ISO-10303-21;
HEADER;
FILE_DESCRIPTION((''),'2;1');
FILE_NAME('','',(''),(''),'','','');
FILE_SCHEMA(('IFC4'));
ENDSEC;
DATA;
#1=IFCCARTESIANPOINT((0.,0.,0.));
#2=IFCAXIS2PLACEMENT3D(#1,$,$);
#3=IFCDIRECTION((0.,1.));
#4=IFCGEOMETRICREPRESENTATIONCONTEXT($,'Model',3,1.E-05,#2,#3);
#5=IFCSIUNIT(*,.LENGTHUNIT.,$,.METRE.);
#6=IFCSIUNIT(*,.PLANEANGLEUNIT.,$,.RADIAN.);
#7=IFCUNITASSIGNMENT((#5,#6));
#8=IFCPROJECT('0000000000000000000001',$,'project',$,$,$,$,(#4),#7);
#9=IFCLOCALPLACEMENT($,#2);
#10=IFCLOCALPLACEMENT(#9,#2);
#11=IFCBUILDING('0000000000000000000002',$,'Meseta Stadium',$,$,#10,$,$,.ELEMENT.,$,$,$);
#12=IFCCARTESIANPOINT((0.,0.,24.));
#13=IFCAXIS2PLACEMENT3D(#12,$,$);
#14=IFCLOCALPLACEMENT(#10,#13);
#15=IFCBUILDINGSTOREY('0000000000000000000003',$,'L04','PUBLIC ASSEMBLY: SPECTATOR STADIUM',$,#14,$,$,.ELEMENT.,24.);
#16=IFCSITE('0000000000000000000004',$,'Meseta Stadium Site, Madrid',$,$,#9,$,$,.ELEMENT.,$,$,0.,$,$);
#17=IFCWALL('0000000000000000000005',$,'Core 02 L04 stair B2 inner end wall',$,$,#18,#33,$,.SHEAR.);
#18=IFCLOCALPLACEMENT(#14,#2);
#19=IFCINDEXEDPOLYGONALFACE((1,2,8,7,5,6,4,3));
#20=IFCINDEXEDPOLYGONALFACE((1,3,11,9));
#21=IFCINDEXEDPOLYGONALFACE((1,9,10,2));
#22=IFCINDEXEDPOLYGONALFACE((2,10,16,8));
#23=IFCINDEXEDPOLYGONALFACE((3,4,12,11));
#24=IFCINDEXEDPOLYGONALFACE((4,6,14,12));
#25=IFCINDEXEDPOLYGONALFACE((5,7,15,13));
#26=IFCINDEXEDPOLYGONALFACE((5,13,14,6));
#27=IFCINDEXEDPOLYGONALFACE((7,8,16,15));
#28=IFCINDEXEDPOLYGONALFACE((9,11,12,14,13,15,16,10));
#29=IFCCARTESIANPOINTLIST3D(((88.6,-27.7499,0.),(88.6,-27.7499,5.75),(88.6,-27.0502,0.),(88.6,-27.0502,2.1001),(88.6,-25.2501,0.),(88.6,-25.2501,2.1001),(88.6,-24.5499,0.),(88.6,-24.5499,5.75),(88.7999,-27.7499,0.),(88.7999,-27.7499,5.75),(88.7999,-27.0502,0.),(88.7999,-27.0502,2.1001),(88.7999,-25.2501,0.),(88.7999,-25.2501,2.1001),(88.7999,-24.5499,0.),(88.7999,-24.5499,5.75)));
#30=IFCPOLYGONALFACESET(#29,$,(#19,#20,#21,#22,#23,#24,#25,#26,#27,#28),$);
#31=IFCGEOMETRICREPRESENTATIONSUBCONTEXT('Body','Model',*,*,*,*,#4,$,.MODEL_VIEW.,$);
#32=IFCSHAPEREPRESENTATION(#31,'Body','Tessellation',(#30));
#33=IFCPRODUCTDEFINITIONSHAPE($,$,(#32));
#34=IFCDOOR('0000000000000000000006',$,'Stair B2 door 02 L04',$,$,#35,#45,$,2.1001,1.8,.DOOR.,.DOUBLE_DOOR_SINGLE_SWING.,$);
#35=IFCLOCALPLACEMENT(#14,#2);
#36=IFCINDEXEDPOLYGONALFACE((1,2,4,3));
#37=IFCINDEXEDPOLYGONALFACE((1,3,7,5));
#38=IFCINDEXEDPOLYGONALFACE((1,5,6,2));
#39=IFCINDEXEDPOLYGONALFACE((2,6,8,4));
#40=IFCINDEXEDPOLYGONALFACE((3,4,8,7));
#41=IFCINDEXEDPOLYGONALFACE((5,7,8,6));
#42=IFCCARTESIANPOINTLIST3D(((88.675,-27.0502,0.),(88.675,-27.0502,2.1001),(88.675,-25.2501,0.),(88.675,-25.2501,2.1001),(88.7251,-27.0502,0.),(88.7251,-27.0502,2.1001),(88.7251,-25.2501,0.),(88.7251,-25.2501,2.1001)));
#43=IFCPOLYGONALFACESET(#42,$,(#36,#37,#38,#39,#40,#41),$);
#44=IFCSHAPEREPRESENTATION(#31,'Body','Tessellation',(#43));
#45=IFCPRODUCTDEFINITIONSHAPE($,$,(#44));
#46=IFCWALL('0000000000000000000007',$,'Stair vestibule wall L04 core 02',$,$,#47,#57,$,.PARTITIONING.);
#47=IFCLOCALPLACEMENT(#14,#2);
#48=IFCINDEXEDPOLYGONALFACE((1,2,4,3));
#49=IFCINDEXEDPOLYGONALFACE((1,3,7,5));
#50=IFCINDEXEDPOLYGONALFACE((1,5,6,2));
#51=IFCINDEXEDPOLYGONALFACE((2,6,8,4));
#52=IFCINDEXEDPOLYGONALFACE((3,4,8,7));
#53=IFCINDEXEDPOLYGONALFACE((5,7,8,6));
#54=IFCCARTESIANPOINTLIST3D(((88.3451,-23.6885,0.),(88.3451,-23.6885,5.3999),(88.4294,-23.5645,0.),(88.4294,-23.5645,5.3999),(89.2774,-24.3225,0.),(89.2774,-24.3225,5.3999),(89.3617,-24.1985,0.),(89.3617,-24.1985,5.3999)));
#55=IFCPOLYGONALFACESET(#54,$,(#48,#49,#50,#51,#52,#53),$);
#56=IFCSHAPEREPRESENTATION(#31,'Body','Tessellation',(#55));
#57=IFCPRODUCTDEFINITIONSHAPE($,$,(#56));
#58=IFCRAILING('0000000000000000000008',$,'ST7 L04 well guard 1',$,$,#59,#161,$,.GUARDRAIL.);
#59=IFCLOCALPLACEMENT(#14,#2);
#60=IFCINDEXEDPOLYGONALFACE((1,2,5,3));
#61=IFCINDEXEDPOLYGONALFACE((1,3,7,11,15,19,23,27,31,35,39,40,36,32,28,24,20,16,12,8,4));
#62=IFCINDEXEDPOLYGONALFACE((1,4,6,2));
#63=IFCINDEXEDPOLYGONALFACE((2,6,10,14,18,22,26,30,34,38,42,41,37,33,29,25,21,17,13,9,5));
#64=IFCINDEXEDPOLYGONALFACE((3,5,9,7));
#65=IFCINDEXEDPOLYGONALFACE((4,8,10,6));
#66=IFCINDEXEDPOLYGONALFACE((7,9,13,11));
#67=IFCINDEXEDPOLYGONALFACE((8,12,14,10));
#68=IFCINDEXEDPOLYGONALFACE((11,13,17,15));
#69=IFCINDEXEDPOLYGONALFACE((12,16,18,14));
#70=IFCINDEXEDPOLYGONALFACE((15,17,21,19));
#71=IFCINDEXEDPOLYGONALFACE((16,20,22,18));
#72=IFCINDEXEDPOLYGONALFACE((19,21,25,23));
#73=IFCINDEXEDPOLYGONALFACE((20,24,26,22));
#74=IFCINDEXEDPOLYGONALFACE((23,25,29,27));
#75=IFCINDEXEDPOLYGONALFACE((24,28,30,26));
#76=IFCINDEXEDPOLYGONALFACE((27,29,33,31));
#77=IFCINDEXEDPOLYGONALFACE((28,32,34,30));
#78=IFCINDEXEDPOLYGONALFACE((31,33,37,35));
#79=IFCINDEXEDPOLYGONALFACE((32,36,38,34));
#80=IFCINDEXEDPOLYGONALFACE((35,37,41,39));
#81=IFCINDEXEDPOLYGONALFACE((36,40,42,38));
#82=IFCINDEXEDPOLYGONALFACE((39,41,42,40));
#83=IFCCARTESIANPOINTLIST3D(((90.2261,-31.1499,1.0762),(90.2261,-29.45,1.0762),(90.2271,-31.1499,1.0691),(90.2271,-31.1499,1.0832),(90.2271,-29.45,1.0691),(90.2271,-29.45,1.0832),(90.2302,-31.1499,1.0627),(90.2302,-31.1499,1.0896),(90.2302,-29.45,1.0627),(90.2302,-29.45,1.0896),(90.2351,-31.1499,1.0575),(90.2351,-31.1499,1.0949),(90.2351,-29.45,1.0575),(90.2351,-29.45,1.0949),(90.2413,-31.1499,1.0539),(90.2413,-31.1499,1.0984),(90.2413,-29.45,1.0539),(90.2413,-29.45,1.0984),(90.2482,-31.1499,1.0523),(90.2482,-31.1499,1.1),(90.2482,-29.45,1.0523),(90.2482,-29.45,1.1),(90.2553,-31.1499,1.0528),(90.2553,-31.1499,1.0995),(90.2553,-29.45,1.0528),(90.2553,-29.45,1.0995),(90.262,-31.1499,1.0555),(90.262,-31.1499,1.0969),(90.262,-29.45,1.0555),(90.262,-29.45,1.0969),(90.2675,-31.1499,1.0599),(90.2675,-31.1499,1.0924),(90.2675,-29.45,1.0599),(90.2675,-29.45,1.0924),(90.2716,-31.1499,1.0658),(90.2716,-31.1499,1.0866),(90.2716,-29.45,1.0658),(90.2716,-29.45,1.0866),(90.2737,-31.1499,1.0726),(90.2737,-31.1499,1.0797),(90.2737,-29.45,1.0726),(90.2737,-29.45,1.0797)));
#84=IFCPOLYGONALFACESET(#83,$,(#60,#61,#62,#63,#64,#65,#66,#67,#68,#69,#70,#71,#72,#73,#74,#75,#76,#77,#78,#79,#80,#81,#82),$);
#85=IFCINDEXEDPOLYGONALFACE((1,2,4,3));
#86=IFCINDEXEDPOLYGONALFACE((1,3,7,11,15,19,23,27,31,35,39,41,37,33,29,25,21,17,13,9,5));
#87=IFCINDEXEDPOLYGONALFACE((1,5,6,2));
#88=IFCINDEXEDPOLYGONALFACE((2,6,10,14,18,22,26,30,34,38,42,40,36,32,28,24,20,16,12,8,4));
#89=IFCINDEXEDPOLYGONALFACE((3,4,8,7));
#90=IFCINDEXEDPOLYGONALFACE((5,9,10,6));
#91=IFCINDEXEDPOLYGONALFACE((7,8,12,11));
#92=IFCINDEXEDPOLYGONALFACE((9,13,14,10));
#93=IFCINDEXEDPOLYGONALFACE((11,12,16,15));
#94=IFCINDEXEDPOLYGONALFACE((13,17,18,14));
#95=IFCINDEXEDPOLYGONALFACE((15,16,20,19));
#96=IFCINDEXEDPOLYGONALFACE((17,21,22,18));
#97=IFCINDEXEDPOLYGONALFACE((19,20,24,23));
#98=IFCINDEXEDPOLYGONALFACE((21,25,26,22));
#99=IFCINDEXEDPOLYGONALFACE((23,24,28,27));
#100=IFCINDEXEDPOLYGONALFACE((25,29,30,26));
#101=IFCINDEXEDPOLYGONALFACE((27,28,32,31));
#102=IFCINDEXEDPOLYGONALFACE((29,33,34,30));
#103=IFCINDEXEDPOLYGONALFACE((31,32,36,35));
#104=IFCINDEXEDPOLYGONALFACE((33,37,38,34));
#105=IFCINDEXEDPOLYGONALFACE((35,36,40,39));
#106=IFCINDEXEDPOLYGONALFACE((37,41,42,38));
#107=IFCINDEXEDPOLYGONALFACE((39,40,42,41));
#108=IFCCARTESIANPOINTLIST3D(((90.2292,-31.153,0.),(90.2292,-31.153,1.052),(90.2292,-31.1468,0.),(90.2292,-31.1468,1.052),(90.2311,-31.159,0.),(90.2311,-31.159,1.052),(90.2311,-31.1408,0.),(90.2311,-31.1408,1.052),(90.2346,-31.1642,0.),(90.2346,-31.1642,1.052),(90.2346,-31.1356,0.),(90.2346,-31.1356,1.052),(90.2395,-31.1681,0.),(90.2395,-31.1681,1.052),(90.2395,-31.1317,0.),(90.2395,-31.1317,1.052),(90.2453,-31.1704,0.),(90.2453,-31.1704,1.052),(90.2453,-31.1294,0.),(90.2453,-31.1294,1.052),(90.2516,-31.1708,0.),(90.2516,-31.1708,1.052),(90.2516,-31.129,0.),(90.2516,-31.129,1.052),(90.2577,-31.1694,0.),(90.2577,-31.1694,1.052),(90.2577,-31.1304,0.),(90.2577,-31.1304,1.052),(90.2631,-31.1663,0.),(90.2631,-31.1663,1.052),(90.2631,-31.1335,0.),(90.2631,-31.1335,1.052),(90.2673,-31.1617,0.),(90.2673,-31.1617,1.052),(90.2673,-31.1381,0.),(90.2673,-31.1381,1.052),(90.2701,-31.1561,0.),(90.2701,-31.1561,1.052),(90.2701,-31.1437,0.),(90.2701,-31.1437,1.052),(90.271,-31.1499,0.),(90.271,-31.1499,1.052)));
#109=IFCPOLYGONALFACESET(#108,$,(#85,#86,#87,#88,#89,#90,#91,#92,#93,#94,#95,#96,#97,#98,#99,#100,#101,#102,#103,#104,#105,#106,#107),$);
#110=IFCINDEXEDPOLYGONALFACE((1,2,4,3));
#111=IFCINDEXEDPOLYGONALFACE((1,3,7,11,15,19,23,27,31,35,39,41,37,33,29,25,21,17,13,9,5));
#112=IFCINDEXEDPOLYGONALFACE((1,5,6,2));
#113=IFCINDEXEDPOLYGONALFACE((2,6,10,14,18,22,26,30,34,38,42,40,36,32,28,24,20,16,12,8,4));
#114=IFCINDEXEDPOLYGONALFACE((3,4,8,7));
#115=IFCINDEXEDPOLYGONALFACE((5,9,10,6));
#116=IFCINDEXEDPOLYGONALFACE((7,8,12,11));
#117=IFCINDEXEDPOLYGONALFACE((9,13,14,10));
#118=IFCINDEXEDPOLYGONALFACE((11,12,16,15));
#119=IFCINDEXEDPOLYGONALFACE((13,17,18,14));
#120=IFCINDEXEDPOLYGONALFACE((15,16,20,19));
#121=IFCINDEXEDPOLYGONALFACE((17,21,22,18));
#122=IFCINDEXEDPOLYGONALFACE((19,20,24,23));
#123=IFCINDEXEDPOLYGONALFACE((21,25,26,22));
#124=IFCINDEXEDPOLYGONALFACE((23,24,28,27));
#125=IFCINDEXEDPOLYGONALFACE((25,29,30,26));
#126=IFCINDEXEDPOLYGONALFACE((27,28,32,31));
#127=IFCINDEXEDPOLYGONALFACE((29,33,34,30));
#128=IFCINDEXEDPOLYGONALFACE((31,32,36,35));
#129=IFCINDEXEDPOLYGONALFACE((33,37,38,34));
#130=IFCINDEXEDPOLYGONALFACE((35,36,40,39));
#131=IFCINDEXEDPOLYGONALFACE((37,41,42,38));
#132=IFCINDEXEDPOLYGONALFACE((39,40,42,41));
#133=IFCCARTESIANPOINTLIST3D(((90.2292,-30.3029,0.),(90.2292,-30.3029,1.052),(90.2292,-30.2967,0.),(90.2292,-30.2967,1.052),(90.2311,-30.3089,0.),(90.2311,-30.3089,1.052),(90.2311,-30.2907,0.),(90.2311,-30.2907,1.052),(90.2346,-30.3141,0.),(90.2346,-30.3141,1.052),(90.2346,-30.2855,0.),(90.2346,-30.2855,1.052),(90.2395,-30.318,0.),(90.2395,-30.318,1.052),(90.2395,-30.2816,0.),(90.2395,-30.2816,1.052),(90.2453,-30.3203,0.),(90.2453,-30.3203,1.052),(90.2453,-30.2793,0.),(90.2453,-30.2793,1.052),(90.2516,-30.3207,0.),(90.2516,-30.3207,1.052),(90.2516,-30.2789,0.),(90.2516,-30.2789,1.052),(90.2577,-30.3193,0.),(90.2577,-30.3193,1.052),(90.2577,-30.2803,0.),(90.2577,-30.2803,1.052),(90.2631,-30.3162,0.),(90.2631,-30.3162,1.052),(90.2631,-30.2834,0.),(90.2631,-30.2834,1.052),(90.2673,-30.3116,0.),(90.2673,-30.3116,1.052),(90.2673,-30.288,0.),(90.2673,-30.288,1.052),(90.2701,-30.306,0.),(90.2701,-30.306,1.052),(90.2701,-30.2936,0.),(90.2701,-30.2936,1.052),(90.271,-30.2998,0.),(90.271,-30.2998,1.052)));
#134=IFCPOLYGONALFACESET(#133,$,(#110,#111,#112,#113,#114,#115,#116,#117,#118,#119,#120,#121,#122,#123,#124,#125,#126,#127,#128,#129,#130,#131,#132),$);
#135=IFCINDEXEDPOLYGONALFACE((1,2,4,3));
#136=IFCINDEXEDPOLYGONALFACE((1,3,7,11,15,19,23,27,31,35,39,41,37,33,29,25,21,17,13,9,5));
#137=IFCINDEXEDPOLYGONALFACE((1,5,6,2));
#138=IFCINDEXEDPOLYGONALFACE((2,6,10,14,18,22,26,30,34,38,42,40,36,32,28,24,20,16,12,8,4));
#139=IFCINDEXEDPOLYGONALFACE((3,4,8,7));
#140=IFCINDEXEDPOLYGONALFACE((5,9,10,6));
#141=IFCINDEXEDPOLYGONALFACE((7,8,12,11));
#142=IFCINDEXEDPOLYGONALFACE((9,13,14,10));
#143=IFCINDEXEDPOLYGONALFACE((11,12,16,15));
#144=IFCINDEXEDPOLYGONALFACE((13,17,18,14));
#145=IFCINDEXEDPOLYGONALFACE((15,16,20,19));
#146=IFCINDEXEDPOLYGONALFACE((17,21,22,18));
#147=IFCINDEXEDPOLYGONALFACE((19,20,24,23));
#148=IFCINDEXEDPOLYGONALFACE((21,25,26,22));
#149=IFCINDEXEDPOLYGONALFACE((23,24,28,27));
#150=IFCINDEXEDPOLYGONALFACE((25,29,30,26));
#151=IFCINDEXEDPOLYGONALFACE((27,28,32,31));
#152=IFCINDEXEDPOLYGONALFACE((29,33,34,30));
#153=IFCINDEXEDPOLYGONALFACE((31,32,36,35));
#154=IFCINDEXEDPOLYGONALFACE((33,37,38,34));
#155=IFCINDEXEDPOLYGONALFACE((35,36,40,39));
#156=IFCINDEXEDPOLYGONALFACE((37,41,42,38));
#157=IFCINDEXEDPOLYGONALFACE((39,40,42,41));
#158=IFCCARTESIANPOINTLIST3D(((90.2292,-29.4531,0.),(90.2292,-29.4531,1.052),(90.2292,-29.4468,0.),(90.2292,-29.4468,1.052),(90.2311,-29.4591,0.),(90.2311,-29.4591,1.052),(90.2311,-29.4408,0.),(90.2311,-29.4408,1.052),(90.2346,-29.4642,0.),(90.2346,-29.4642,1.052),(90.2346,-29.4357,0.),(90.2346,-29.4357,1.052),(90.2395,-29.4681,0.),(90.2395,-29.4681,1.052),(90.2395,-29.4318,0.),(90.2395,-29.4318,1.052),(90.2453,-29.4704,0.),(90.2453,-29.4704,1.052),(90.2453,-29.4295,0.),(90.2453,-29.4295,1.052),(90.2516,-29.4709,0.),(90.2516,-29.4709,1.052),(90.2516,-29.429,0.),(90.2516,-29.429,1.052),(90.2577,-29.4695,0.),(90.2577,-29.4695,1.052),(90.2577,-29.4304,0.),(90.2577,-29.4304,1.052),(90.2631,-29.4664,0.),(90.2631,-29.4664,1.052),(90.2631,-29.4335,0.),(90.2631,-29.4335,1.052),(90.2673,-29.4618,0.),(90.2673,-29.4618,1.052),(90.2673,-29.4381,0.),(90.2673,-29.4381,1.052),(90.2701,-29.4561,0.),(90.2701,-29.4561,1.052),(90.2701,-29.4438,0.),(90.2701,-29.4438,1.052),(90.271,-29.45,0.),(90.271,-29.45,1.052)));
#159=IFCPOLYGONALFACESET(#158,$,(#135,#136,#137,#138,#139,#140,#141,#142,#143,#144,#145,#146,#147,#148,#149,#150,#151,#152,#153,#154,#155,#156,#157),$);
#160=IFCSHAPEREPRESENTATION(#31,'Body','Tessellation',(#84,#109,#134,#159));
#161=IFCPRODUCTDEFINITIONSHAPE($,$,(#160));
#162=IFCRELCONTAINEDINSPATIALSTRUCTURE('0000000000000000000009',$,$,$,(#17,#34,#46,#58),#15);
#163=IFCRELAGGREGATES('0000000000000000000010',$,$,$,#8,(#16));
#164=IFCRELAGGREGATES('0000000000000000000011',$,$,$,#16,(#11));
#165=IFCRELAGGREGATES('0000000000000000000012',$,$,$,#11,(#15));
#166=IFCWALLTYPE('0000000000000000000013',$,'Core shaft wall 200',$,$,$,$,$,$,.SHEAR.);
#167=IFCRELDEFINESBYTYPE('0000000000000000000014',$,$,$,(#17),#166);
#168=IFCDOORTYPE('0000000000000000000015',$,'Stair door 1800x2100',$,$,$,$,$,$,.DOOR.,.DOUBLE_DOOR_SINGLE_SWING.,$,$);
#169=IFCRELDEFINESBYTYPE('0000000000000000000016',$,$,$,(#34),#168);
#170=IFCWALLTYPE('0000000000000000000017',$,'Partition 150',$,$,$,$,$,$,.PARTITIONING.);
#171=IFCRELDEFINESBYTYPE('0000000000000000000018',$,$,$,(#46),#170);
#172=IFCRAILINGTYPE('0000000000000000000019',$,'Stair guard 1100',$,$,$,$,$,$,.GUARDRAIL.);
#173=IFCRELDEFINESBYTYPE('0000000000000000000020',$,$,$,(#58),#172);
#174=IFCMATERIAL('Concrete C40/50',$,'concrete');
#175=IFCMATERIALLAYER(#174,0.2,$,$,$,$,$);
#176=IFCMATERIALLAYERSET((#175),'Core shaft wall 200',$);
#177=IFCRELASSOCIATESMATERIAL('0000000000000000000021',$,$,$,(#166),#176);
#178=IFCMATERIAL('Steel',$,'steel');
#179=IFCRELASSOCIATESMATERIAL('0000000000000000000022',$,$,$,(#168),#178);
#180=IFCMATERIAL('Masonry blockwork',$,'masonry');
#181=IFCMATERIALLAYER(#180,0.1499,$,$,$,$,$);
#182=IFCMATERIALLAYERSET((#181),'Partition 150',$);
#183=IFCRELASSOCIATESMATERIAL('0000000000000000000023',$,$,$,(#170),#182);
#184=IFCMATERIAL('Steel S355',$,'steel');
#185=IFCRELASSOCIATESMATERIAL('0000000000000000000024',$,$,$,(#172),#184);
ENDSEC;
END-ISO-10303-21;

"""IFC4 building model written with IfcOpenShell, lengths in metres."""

from ifc_helpers import new_model, si_unit, direction, frame, frame_2d, origin, origin_2d, place, context, subcontext, project, spatial, rectangle, circle, extrude, material, layer, layer_set, type_object, element, fill, save


model = new_model("IFC4")

# Units and contexts
model_context = context("Model", 3, precision=1e-05, world=origin(), true_north=direction((0.0, 1.0)))
body_context = subcontext(model_context, "Body", "Model", "MODEL_VIEW")
ifc_project = project(units=[si_unit("LENGTHUNIT", "METRE"), si_unit("PLANEANGLEUNIT", "RADIAN")], contexts=[model_context])

# Site, building, storey
site_placement = place(None, origin())
site = spatial("IfcSite", under=ifc_project, at=site_placement, Name="Meseta Stadium Site, Madrid", CompositionType="ELEMENT", RefElevation=0.0)
building_placement = place(site_placement, origin())
building = spatial("IfcBuilding", under=site, at=building_placement, Name="Meseta Stadium", CompositionType="ELEMENT")
storey_placement = place(building_placement, frame((0.0, 0.0, 24.0)))
storey = spatial("IfcBuildingStorey", under=building, at=storey_placement, Name="L04", Description="PUBLIC ASSEMBLY: SPECTATOR STADIUM", CompositionType="ELEMENT", Elevation=24.0)

# Shared definitions
ifc_material_1 = material(Name="Concrete C40/50", Category="concrete")
ifc_layer_1 = layer(ifc_material_1, 0.2)
ifc_layer_set_1 = layer_set([ifc_layer_1], Name="Core shaft wall 200")
wall_type_1 = type_object("IfcWallType", Name="Core shaft wall 200", PredefinedType="SHEAR", material=ifc_layer_set_1)

# Wall, opening, door
ifc_material_2 = material(Name="Steel", Category="steel")
door_type = type_object("IfcDoorType", Name="Stair door 1800x2100", OperationType="DOUBLE_DOOR_SINGLE_SWING", PredefinedType="DOOR", material=ifc_material_2)
wall_1_placement = place(storey_placement, frame((88.7, -27.75, 0.0), z_axis=(0.0, 0.0, 1.0), x_axis=(0.0, 1.0, 0.0)))
wall_1 = element("IfcWall", 1, at=wall_1_placement, inside=storey, type_object=wall_type_1, Name="Core 02 L04 stair B2 inner end wall", PredefinedType="SHEAR", context=body_context, shape_type="SweptSolid", body=[
    extrude(rectangle(XDim=3.2, YDim=0.2, at=frame_2d((1.6001, 0.0))), origin(), (0.0, 0.0, 1.0), 5.75),
])
opening_1_placement = place(wall_1_placement, frame((0.7, 0.0, 0.0)))
opening_1 = element("IfcOpeningElement", 2, at=opening_1_placement, cuts=wall_1, PredefinedType="OPENING", context=body_context, shape_type="SweptSolid", body=[
    extrude(rectangle(XDim=1.8, YDim=2.1001, at=frame_2d((0.8999, 1.05))), frame((0.0, 0.1099, 0.0), z_axis=(0.0, -1.0, 0.0), x_axis=(1.0, 0.0, 0.0)), (0.0, 0.0, 1.0), 0.22),
])
door_1_placement = place(opening_1_placement, origin())
door_1 = element("IfcDoor", 3, at=door_1_placement, inside=storey, type_object=door_type, Name="Stair B2 door 02 L04", OperationType="DOUBLE_DOOR_SINGLE_SWING", OverallHeight=2.1001, OverallWidth=1.8, PredefinedType="DOOR", context=body_context, shape_type="SweptSolid", body=[
    extrude(rectangle(XDim=1.8, YDim=2.1001, at=frame_2d((0.8999, 1.05))), frame((0.0, 0.0249, 0.0), z_axis=(0.0, -1.0, 0.0), x_axis=(1.0, 0.0, 0.0)), (0.0, 0.0, 1.0), 0.05),
])
fill(opening_1, door_1)

# Wall
ifc_material_3 = material(Name="Masonry blockwork", Category="masonry")
ifc_layer_2 = layer(ifc_material_3, 0.1499)
ifc_layer_set_2 = layer_set([ifc_layer_2], Name="Partition 150")
wall_type_2 = type_object("IfcWallType", Name="Partition 150", PredefinedType="PARTITIONING", material=ifc_layer_set_2)
wall_2_placement = place(storey_placement, frame((89.3196, -24.2605, 0.0), z_axis=(0.0, 0.0, 1.0), x_axis=(-0.826918, 0.562322, 0.0)))
element("IfcWall", 4, at=wall_2_placement, inside=storey, type_object=wall_type_2, Name="Stair vestibule wall L04 core 02", PredefinedType="PARTITIONING", context=body_context, shape_type="SweptSolid", body=[
    extrude(rectangle(XDim=1.1274, YDim=0.1499, at=frame_2d((0.5637, 0.0))), origin(), (0.0, 0.0, 1.0), 5.3999),
])

# Railing
ifc_material_4 = material(Name="Steel S355", Category="steel")
railing_type = type_object("IfcRailingType", Name="Stair guard 1100", PredefinedType="GUARDRAIL", material=ifc_material_4)
for number, where, name in (
    (5, (90.25, -31.1499, 0.0), "ST7 L04 well guard 1"),
):
    element("IfcRailing", number, at=place(storey_placement, frame(where)), inside=storey, type_object=railing_type, Name=name, PredefinedType="GUARDRAIL", context=body_context, shape_type="SweptSolid", body=[
        extrude(circle(Radius=0.0239, at=origin_2d()), frame((0.0, 0.0, 1.0762), z_axis=(0.0, 1.0, 0.0), x_axis=(-1.0, 0.0, 0.0)), (0.0, 0.0, 1.0), 1.7),
        extrude(circle(Radius=0.021, at=origin_2d()), origin(), (0.0, 0.0, 1.0), 1.052),
        extrude(circle(Radius=0.021, at=origin_2d()), frame((0.0, 0.8501, 0.0)), (0.0, 0.0, 1.0), 1.052),
        extrude(circle(Radius=0.021, at=origin_2d()), frame((0.0, 1.7, 0.0)), (0.0, 0.0, 1.0), 1.052),
    ])

save(model, "model.ifc")
